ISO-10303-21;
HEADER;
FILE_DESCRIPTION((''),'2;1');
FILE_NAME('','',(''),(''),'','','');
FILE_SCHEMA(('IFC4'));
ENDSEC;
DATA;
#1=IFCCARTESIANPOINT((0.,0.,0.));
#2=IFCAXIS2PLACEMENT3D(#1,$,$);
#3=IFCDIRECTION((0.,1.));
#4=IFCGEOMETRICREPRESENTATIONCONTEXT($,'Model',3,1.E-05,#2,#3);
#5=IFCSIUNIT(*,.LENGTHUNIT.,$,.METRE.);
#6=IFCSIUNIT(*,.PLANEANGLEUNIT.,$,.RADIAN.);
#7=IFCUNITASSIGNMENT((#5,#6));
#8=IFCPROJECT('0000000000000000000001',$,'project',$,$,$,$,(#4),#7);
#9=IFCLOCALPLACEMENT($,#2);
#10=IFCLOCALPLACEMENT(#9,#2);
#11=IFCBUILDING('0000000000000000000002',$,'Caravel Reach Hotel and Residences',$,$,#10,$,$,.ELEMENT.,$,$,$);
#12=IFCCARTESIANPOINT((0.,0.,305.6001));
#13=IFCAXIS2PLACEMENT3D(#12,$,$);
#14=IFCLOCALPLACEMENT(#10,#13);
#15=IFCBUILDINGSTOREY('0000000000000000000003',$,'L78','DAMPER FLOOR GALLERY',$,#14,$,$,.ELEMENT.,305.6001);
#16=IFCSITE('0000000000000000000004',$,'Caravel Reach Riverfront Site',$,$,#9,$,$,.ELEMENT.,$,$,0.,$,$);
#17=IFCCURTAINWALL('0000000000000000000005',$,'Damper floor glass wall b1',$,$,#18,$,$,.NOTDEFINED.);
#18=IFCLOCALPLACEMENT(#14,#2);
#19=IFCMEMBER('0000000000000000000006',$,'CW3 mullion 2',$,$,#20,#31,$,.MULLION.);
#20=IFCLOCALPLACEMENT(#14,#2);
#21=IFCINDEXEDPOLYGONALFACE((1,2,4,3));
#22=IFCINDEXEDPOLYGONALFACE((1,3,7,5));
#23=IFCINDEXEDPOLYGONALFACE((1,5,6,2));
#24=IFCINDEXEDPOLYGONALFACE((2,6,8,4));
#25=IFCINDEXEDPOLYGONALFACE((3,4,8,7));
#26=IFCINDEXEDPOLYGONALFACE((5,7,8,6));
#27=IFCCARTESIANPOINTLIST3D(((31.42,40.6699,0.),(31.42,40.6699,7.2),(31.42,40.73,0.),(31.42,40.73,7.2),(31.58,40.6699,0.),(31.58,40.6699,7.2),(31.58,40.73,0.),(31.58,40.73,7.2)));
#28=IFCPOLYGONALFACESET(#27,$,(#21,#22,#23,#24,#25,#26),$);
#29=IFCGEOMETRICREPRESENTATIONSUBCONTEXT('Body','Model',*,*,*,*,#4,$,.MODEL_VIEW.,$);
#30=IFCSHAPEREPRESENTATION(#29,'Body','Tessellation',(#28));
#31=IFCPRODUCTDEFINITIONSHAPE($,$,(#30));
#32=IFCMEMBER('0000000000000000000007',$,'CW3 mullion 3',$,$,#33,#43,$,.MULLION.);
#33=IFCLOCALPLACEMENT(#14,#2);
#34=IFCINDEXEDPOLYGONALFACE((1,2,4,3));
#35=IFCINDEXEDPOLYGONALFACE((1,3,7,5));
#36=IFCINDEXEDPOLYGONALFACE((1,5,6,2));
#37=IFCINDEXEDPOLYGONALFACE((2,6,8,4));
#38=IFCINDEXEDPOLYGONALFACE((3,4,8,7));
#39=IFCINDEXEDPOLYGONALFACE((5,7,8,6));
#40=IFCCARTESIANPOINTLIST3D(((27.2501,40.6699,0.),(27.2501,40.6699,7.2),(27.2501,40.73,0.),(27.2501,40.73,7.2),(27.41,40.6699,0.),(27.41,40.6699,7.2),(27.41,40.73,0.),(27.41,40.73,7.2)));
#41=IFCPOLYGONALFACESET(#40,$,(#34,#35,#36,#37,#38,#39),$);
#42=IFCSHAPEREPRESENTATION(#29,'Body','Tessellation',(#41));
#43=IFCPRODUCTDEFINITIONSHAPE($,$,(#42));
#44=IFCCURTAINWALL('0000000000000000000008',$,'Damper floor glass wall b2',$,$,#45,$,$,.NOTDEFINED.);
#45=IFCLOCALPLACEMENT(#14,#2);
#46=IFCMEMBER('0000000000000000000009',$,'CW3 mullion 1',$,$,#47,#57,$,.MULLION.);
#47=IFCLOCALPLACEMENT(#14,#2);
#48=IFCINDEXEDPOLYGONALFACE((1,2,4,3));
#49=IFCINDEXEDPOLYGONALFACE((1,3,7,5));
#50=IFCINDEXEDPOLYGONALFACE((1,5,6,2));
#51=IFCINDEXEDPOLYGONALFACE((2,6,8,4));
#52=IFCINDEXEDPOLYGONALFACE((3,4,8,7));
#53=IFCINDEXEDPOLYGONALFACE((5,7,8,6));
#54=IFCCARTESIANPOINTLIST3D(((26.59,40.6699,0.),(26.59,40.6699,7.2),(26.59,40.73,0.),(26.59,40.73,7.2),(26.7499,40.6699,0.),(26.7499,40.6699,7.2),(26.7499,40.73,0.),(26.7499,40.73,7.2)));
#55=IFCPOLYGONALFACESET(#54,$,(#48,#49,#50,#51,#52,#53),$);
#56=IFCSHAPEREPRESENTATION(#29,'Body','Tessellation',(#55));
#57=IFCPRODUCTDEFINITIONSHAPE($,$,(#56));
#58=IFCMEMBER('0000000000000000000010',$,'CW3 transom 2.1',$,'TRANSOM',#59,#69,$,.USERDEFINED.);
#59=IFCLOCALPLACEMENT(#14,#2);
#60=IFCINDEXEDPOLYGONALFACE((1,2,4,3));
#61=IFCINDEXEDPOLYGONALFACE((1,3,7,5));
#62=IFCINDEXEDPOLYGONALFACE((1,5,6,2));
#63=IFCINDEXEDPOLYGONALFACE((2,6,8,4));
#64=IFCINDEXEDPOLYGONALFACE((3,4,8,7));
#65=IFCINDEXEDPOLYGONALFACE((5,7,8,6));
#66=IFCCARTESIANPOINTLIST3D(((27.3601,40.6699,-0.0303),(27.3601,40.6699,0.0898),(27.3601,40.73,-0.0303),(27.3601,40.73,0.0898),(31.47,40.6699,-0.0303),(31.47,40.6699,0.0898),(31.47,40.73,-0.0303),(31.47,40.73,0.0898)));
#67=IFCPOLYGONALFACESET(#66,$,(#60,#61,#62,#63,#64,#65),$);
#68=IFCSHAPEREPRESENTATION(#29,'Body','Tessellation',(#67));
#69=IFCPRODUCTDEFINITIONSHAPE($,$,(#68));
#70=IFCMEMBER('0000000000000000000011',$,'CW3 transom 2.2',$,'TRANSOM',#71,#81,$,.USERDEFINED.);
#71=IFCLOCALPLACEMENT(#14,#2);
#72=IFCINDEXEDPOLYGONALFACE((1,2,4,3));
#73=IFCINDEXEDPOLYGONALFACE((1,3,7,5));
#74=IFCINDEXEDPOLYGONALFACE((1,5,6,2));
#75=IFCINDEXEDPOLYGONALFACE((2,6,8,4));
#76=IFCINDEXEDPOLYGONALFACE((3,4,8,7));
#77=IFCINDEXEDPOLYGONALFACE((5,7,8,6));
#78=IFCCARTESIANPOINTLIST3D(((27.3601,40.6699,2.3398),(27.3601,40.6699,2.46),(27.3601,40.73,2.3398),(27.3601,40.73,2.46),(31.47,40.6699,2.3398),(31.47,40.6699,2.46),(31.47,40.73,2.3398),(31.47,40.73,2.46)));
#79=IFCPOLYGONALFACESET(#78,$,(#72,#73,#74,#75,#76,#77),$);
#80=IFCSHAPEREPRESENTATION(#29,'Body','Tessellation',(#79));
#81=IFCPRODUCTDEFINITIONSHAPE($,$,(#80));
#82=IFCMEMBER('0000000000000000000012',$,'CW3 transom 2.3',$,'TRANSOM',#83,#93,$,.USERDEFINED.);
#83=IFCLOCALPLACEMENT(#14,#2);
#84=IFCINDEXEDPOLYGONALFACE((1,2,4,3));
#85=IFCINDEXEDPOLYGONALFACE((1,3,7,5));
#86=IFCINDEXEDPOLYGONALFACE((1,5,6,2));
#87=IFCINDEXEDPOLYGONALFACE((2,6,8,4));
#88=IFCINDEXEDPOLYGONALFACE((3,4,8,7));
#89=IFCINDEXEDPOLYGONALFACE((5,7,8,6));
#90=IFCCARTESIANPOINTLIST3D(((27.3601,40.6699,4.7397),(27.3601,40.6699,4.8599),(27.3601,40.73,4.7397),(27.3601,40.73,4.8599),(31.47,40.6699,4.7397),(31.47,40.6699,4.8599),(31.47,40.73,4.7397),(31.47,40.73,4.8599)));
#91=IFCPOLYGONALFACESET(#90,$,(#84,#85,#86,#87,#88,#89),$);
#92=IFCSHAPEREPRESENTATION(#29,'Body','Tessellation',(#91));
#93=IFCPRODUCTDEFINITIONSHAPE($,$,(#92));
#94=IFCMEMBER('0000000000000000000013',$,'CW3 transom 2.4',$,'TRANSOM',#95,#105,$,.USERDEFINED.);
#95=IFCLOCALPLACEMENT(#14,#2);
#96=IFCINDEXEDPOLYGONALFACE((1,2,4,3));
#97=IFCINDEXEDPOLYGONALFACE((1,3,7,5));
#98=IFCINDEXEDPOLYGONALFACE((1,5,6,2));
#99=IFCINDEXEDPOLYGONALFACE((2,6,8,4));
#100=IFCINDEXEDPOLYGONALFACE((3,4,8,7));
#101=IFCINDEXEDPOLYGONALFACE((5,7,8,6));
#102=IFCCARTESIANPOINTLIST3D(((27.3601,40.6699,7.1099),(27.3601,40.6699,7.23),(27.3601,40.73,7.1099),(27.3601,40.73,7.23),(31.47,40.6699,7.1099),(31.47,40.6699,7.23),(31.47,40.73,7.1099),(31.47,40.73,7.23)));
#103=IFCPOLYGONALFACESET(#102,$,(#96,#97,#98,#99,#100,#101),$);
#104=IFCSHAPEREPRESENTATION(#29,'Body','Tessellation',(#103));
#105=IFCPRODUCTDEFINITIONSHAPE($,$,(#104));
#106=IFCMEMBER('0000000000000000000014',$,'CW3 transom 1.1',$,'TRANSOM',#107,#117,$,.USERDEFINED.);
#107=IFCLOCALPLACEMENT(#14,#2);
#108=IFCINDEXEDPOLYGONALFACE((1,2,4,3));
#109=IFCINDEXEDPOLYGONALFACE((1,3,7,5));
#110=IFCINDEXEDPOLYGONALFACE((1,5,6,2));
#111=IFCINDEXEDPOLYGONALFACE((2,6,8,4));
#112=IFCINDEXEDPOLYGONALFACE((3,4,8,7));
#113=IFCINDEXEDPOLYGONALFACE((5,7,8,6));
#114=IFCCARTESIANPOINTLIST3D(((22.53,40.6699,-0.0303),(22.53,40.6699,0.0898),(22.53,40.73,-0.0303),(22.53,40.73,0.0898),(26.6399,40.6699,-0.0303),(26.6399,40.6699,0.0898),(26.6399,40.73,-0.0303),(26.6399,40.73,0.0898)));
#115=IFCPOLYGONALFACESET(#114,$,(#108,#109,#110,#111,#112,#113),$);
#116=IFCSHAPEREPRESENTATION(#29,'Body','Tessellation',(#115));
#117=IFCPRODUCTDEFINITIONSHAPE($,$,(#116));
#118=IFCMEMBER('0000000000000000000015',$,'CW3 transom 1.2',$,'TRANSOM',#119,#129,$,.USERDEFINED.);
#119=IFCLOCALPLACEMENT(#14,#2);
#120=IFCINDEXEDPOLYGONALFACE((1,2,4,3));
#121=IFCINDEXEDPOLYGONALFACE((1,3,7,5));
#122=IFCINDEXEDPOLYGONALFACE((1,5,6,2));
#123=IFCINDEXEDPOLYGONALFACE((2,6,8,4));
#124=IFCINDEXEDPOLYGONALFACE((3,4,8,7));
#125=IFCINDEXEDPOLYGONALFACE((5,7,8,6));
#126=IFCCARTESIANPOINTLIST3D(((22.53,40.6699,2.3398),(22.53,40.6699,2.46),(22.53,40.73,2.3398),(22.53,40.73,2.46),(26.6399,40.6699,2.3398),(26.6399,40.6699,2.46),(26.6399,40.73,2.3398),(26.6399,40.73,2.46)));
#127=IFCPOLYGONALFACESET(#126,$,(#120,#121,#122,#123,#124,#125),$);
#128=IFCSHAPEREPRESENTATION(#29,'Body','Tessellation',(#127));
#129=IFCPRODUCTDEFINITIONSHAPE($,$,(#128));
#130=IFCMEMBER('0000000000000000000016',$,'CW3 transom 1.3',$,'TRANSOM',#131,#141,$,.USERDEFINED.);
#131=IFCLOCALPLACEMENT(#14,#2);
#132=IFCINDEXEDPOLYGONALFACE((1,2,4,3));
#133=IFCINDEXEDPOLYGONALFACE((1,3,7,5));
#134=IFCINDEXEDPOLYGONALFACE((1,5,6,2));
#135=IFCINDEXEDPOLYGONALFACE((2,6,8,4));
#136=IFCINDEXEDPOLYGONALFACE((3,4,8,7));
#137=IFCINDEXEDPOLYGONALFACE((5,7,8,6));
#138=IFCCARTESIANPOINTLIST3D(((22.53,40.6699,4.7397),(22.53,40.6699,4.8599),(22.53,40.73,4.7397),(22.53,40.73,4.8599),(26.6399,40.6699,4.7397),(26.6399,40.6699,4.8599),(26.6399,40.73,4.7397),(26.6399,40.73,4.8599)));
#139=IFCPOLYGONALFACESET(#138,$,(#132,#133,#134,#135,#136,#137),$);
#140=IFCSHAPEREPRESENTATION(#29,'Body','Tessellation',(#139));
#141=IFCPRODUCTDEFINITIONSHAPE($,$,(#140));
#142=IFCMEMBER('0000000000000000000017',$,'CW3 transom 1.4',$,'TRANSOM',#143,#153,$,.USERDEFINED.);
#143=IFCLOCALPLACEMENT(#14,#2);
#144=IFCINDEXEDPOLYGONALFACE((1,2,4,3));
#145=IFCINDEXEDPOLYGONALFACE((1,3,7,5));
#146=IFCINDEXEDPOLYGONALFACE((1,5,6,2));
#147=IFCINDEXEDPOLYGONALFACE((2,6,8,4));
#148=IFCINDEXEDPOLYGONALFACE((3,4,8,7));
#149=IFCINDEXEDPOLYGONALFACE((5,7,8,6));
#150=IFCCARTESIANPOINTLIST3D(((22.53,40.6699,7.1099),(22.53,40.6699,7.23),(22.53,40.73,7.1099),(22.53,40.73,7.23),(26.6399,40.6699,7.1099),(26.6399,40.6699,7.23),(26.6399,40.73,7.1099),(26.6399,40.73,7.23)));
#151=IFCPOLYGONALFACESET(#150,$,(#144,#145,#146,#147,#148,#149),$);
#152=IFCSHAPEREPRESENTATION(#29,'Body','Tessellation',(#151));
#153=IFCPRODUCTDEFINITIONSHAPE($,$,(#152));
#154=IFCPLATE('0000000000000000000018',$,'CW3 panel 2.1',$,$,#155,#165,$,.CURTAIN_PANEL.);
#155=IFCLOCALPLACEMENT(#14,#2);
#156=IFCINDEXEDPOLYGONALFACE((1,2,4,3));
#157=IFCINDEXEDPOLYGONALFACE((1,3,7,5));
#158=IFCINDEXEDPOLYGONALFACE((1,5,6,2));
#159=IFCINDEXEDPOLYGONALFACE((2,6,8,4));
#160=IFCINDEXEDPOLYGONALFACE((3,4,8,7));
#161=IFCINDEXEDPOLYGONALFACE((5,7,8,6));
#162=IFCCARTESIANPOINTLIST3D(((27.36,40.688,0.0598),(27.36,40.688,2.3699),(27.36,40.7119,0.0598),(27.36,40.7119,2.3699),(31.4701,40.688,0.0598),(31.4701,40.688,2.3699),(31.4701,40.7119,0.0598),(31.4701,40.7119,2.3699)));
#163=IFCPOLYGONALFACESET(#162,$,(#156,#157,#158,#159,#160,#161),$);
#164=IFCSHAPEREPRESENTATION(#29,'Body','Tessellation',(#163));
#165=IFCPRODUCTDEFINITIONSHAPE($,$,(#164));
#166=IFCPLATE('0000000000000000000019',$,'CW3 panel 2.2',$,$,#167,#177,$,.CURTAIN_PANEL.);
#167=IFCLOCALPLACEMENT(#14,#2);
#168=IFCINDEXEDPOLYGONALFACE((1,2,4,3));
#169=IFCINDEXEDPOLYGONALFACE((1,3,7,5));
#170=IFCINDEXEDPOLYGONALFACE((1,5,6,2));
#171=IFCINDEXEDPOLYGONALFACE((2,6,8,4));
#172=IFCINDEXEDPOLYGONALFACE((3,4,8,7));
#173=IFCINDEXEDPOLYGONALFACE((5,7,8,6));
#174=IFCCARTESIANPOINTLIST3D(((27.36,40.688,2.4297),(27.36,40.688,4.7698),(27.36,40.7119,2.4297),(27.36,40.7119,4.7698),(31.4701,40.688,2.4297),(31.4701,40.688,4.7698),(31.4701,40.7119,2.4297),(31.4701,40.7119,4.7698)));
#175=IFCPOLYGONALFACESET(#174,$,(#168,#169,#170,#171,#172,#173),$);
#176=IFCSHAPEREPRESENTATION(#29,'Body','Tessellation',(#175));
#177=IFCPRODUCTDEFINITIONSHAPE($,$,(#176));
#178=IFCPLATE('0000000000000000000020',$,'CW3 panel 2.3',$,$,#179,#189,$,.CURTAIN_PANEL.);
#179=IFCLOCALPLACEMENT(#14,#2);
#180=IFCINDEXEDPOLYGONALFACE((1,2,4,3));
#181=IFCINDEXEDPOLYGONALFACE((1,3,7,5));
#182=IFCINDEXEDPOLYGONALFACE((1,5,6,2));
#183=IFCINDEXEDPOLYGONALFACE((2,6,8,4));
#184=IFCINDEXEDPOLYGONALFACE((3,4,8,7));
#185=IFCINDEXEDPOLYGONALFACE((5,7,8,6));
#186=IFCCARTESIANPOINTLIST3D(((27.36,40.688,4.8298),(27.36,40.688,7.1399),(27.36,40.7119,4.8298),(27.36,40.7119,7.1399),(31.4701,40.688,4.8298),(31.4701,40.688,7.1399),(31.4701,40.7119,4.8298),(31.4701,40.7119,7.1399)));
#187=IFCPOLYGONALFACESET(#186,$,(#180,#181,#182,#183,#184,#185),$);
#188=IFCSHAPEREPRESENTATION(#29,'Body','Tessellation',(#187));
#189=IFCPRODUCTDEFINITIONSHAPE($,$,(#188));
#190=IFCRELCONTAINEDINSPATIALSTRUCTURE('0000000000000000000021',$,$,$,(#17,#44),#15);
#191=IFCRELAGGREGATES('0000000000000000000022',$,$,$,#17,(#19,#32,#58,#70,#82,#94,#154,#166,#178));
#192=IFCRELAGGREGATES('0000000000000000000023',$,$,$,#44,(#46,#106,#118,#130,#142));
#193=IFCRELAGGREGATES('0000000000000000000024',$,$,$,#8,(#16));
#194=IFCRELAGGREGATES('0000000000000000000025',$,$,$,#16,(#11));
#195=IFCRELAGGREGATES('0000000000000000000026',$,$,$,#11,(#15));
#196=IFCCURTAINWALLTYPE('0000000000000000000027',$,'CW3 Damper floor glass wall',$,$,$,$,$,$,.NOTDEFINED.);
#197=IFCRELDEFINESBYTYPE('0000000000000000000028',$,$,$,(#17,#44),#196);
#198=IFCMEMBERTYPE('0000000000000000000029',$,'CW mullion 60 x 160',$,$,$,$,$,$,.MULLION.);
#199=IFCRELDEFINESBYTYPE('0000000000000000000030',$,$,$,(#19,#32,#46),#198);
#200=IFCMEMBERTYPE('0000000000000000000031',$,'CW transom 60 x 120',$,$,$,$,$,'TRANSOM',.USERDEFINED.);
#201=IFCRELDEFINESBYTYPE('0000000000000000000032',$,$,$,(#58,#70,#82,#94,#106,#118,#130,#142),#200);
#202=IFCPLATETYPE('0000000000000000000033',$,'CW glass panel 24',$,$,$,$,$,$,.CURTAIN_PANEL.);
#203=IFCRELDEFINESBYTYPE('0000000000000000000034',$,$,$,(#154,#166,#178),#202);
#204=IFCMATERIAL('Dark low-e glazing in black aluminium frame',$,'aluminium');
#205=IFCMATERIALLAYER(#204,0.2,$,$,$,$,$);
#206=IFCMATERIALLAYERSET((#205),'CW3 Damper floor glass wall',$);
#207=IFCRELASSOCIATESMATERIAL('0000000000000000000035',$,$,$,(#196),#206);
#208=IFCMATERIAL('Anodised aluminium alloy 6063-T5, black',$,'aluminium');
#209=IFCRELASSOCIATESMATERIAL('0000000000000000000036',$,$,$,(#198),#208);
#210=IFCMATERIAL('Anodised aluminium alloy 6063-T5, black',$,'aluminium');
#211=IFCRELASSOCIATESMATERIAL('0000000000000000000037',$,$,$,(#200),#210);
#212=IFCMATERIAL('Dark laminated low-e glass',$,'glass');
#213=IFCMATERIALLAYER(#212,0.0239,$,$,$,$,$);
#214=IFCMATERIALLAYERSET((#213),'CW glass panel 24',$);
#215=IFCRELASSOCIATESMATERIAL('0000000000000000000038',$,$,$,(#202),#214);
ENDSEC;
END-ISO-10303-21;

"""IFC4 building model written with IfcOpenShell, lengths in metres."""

from ifc_helpers import new_model, si_unit, direction, frame, origin, origin_2d, place, context, subcontext, project, spatial, rectangle, extrude, material, layer, layer_set, material_profile, profile_set, type_object, element, aggregate, save


model = new_model("IFC4")

# Units and contexts
model_context = context("Model", 3, precision=1e-05, world=origin(), true_north=direction((0.0, 1.0)))
body_context = subcontext(model_context, "Body", "Model", "MODEL_VIEW")
ifc_project = project(units=[si_unit("LENGTHUNIT", "METRE"), si_unit("PLANEANGLEUNIT", "RADIAN")], contexts=[model_context])

# Site, building, storey
site_placement = place(None, origin())
site = spatial("IfcSite", under=ifc_project, at=site_placement, Name="Caravel Reach Riverfront Site", CompositionType="ELEMENT", RefElevation=0.0)
building_placement = place(site_placement, origin())
building = spatial("IfcBuilding", under=site, at=building_placement, Name="Caravel Reach Hotel and Residences", CompositionType="ELEMENT")
storey_placement = place(building_placement, frame((0.0, 0.0, 305.6001)))
storey = spatial("IfcBuildingStorey", under=building, at=storey_placement, Name="L78", Description="DAMPER FLOOR GALLERY", CompositionType="ELEMENT", Elevation=305.6001)

# Curtain wall, members
ifc_material_1 = material(Name="Dark low-e glazing in black aluminium frame", Category="aluminium")
ifc_layer_1 = layer(ifc_material_1, 0.2)
ifc_layer_set_1 = layer_set([ifc_layer_1], Name="CW3 Damper floor glass wall")
curtain_wall_type = type_object("IfcCurtainWallType", Name="CW3 Damper floor glass wall", PredefinedType="NOTDEFINED", material=ifc_layer_set_1)
curtain_wall_1_placement = place(storey_placement, origin())
curtain_wall_1 = element("IfcCurtainWall", 1, at=curtain_wall_1_placement, inside=storey, type_object=curtain_wall_type, Name="Damper floor glass wall b1", PredefinedType="NOTDEFINED")
ifc_material_2 = material(Name="Anodised aluminium alloy 6063-T5, black", Category="aluminium")
ifc_material_profile_1 = material_profile(ifc_material_2, rectangle(XDim=0.0601, YDim=0.1599, at=origin_2d()), Name="CW mullion 60 x 160")
ifc_profile_set_1 = profile_set([ifc_material_profile_1], Name="Anodised aluminium alloy 6063-T5, black")
member_type_1 = type_object("IfcMemberType", Name="CW mullion 60 x 160", PredefinedType="MULLION", material=ifc_profile_set_1)
member_1_placement = place(storey_placement, frame((31.5, 40.7, 0.0), z_axis=(0.0, 0.0, 1.0), x_axis=(0.0, -1.0, 0.0)))
member_1 = element("IfcMember", 2, at=member_1_placement, type_object=member_type_1, Name="CW3 mullion 2", PredefinedType="MULLION", context=body_context, shape_type="SweptSolid", body=[
    extrude(rectangle(XDim=0.0601, YDim=0.1599, at=origin_2d()), origin(), (0.0, 0.0, 1.0), 7.2),
])
member_2_placement = place(storey_placement, frame((27.3301, 40.7, 0.0), z_axis=(0.0, 0.0, 1.0), x_axis=(0.0, -1.0, 0.0)))
member_2 = element("IfcMember", 3, at=member_2_placement, type_object=member_type_1, Name="CW3 mullion 3", PredefinedType="MULLION", context=body_context, shape_type="SweptSolid", body=[
    extrude(rectangle(XDim=0.0601, YDim=0.1599, at=origin_2d()), origin(), (0.0, 0.0, 1.0), 7.2),
])

# Curtain wall, member
curtain_wall_2_placement = place(storey_placement, origin())
curtain_wall_2 = element("IfcCurtainWall", 4, at=curtain_wall_2_placement, inside=storey, type_object=curtain_wall_type, Name="Damper floor glass wall b2", PredefinedType="NOTDEFINED")
member_3_placement = place(storey_placement, frame((26.6699, 40.7, 0.0), z_axis=(0.0, 0.0, 1.0), x_axis=(0.0, -1.0, 0.0)))
member_3 = element("IfcMember", 5, at=member_3_placement, type_object=member_type_1, Name="CW3 mullion 1", PredefinedType="MULLION", context=body_context, shape_type="SweptSolid", body=[
    extrude(rectangle(XDim=0.0601, YDim=0.1599, at=origin_2d()), origin(), (0.0, 0.0, 1.0), 7.2),
])

# Members
ifc_material_3 = material(Name="Anodised aluminium alloy 6063-T5, black", Category="aluminium")
ifc_material_profile_2 = material_profile(ifc_material_3, rectangle(XDim=0.0601, YDim=0.1201, at=origin_2d()), Name="CW transom 60 x 120")
ifc_profile_set_2 = profile_set([ifc_material_profile_2], Name="Anodised aluminium alloy 6063-T5, black")
member_type_2 = type_object("IfcMemberType", Name="CW transom 60 x 120", ElementType="TRANSOM", PredefinedType="USERDEFINED", material=ifc_profile_set_2)
member_4_placement = place(storey_placement, frame((31.47, 40.7, 0.0298), z_axis=(-1.0, 0.0, 0.0), x_axis=(0.0, -1.0, 0.0)))
member_4 = element("IfcMember", 6, at=member_4_placement, type_object=member_type_2, Name="CW3 transom 2.1", ObjectType="TRANSOM", PredefinedType="USERDEFINED", context=body_context, shape_type="SweptSolid", body=[
    extrude(rectangle(XDim=0.0601, YDim=0.1201, at=origin_2d()), origin(), (0.0, 0.0, 1.0), 4.1099),
])
member_5_placement = place(storey_placement, frame((31.47, 40.7, 2.3999), z_axis=(-1.0, 0.0, 0.0), x_axis=(0.0, -1.0, 0.0)))
member_5 = element("IfcMember", 7, at=member_5_placement, type_object=member_type_2, Name="CW3 transom 2.2", ObjectType="TRANSOM", PredefinedType="USERDEFINED", context=body_context, shape_type="SweptSolid", body=[
    extrude(rectangle(XDim=0.0601, YDim=0.1201, at=origin_2d()), origin(), (0.0, 0.0, 1.0), 4.1099),
])
member_6_placement = place(storey_placement, frame((31.47, 40.7, 4.7998), z_axis=(-1.0, 0.0, 0.0), x_axis=(0.0, -1.0, 0.0)))
member_6 = element("IfcMember", 8, at=member_6_placement, type_object=member_type_2, Name="CW3 transom 2.3", ObjectType="TRANSOM", PredefinedType="USERDEFINED", context=body_context, shape_type="SweptSolid", body=[
    extrude(rectangle(XDim=0.0601, YDim=0.1201, at=origin_2d()), origin(), (0.0, 0.0, 1.0), 4.1099),
])
member_7_placement = place(storey_placement, frame((31.47, 40.7, 7.1699), z_axis=(-1.0, 0.0, 0.0), x_axis=(0.0, -1.0, 0.0)))
member_7 = element("IfcMember", 9, at=member_7_placement, type_object=member_type_2, Name="CW3 transom 2.4", ObjectType="TRANSOM", PredefinedType="USERDEFINED", context=body_context, shape_type="SweptSolid", body=[
    extrude(rectangle(XDim=0.0601, YDim=0.1201, at=origin_2d()), origin(), (0.0, 0.0, 1.0), 4.1099),
])
member_8_placement = place(storey_placement, frame((26.6399, 40.7, 0.0298), z_axis=(-1.0, 0.0, 0.0), x_axis=(0.0, -1.0, 0.0)))
member_8 = element("IfcMember", 10, at=member_8_placement, type_object=member_type_2, Name="CW3 transom 1.1", ObjectType="TRANSOM", PredefinedType="USERDEFINED", context=body_context, shape_type="SweptSolid", body=[
    extrude(rectangle(XDim=0.0601, YDim=0.1201, at=origin_2d()), origin(), (0.0, 0.0, 1.0), 4.1099),
])
member_9_placement = place(storey_placement, frame((26.6399, 40.7, 2.3999), z_axis=(-1.0, 0.0, 0.0), x_axis=(0.0, -1.0, 0.0)))
member_9 = element("IfcMember", 11, at=member_9_placement, type_object=member_type_2, Name="CW3 transom 1.2", ObjectType="TRANSOM", PredefinedType="USERDEFINED", context=body_context, shape_type="SweptSolid", body=[
    extrude(rectangle(XDim=0.0601, YDim=0.1201, at=origin_2d()), origin(), (0.0, 0.0, 1.0), 4.1099),
])
member_10_placement = place(storey_placement, frame((26.6399, 40.7, 4.7998), z_axis=(-1.0, 0.0, 0.0), x_axis=(0.0, -1.0, 0.0)))
member_10 = element("IfcMember", 12, at=member_10_placement, type_object=member_type_2, Name="CW3 transom 1.3", ObjectType="TRANSOM", PredefinedType="USERDEFINED", context=body_context, shape_type="SweptSolid", body=[
    extrude(rectangle(XDim=0.0601, YDim=0.1201, at=origin_2d()), origin(), (0.0, 0.0, 1.0), 4.1099),
])
member_11_placement = place(storey_placement, frame((26.6399, 40.7, 7.1699), z_axis=(-1.0, 0.0, 0.0), x_axis=(0.0, -1.0, 0.0)))
member_11 = element("IfcMember", 13, at=member_11_placement, type_object=member_type_2, Name="CW3 transom 1.4", ObjectType="TRANSOM", PredefinedType="USERDEFINED", context=body_context, shape_type="SweptSolid", body=[
    extrude(rectangle(XDim=0.0601, YDim=0.1201, at=origin_2d()), origin(), (0.0, 0.0, 1.0), 4.1099),
])

# Plates
ifc_material_4 = material(Name="Dark laminated low-e glass", Category="glass")
ifc_layer_2 = layer(ifc_material_4, 0.0239)
ifc_layer_set_2 = layer_set([ifc_layer_2], Name="CW glass panel 24")
plate_type = type_object("IfcPlateType", Name="CW glass panel 24", PredefinedType="CURTAIN_PANEL", material=ifc_layer_set_2)
plate_1_placement = place(storey_placement, frame((29.415, 40.7, 0.0598), z_axis=(0.0, 0.0, 1.0), x_axis=(-1.0, 0.0, 0.0)))
plate_1 = element("IfcPlate", 14, at=plate_1_placement, type_object=plate_type, Name="CW3 panel 2.1", PredefinedType="CURTAIN_PANEL", context=body_context, shape_type="SweptSolid", body=[
    extrude(rectangle(XDim=4.1101, YDim=0.0239, at=origin_2d()), origin(), (0.0, 0.0, 1.0), 2.3101),
])
plate_2_placement = place(storey_placement, frame((29.415, 40.7, 2.4297), z_axis=(0.0, 0.0, 1.0), x_axis=(-1.0, 0.0, 0.0)))
plate_2 = element("IfcPlate", 15, at=plate_2_placement, type_object=plate_type, Name="CW3 panel 2.2", PredefinedType="CURTAIN_PANEL", context=body_context, shape_type="SweptSolid", body=[
    extrude(rectangle(XDim=4.1101, YDim=0.0239, at=origin_2d()), origin(), (0.0, 0.0, 1.0), 2.3401),
])
plate_3_placement = place(storey_placement, frame((29.415, 40.7, 4.8298), z_axis=(0.0, 0.0, 1.0), x_axis=(-1.0, 0.0, 0.0)))
plate_3 = element("IfcPlate", 16, at=plate_3_placement, type_object=plate_type, Name="CW3 panel 2.3", PredefinedType="CURTAIN_PANEL", context=body_context, shape_type="SweptSolid", body=[
    extrude(rectangle(XDim=4.1101, YDim=0.0239, at=origin_2d()), origin(), (0.0, 0.0, 1.0), 2.3101),
])
aggregate(curtain_wall_1, [member_1, member_2, member_4, member_5, member_6, member_7, plate_1, plate_2, plate_3])
aggregate(curtain_wall_2, [member_3, member_8, member_9, member_10, member_11])

save(model, "model.ifc")
